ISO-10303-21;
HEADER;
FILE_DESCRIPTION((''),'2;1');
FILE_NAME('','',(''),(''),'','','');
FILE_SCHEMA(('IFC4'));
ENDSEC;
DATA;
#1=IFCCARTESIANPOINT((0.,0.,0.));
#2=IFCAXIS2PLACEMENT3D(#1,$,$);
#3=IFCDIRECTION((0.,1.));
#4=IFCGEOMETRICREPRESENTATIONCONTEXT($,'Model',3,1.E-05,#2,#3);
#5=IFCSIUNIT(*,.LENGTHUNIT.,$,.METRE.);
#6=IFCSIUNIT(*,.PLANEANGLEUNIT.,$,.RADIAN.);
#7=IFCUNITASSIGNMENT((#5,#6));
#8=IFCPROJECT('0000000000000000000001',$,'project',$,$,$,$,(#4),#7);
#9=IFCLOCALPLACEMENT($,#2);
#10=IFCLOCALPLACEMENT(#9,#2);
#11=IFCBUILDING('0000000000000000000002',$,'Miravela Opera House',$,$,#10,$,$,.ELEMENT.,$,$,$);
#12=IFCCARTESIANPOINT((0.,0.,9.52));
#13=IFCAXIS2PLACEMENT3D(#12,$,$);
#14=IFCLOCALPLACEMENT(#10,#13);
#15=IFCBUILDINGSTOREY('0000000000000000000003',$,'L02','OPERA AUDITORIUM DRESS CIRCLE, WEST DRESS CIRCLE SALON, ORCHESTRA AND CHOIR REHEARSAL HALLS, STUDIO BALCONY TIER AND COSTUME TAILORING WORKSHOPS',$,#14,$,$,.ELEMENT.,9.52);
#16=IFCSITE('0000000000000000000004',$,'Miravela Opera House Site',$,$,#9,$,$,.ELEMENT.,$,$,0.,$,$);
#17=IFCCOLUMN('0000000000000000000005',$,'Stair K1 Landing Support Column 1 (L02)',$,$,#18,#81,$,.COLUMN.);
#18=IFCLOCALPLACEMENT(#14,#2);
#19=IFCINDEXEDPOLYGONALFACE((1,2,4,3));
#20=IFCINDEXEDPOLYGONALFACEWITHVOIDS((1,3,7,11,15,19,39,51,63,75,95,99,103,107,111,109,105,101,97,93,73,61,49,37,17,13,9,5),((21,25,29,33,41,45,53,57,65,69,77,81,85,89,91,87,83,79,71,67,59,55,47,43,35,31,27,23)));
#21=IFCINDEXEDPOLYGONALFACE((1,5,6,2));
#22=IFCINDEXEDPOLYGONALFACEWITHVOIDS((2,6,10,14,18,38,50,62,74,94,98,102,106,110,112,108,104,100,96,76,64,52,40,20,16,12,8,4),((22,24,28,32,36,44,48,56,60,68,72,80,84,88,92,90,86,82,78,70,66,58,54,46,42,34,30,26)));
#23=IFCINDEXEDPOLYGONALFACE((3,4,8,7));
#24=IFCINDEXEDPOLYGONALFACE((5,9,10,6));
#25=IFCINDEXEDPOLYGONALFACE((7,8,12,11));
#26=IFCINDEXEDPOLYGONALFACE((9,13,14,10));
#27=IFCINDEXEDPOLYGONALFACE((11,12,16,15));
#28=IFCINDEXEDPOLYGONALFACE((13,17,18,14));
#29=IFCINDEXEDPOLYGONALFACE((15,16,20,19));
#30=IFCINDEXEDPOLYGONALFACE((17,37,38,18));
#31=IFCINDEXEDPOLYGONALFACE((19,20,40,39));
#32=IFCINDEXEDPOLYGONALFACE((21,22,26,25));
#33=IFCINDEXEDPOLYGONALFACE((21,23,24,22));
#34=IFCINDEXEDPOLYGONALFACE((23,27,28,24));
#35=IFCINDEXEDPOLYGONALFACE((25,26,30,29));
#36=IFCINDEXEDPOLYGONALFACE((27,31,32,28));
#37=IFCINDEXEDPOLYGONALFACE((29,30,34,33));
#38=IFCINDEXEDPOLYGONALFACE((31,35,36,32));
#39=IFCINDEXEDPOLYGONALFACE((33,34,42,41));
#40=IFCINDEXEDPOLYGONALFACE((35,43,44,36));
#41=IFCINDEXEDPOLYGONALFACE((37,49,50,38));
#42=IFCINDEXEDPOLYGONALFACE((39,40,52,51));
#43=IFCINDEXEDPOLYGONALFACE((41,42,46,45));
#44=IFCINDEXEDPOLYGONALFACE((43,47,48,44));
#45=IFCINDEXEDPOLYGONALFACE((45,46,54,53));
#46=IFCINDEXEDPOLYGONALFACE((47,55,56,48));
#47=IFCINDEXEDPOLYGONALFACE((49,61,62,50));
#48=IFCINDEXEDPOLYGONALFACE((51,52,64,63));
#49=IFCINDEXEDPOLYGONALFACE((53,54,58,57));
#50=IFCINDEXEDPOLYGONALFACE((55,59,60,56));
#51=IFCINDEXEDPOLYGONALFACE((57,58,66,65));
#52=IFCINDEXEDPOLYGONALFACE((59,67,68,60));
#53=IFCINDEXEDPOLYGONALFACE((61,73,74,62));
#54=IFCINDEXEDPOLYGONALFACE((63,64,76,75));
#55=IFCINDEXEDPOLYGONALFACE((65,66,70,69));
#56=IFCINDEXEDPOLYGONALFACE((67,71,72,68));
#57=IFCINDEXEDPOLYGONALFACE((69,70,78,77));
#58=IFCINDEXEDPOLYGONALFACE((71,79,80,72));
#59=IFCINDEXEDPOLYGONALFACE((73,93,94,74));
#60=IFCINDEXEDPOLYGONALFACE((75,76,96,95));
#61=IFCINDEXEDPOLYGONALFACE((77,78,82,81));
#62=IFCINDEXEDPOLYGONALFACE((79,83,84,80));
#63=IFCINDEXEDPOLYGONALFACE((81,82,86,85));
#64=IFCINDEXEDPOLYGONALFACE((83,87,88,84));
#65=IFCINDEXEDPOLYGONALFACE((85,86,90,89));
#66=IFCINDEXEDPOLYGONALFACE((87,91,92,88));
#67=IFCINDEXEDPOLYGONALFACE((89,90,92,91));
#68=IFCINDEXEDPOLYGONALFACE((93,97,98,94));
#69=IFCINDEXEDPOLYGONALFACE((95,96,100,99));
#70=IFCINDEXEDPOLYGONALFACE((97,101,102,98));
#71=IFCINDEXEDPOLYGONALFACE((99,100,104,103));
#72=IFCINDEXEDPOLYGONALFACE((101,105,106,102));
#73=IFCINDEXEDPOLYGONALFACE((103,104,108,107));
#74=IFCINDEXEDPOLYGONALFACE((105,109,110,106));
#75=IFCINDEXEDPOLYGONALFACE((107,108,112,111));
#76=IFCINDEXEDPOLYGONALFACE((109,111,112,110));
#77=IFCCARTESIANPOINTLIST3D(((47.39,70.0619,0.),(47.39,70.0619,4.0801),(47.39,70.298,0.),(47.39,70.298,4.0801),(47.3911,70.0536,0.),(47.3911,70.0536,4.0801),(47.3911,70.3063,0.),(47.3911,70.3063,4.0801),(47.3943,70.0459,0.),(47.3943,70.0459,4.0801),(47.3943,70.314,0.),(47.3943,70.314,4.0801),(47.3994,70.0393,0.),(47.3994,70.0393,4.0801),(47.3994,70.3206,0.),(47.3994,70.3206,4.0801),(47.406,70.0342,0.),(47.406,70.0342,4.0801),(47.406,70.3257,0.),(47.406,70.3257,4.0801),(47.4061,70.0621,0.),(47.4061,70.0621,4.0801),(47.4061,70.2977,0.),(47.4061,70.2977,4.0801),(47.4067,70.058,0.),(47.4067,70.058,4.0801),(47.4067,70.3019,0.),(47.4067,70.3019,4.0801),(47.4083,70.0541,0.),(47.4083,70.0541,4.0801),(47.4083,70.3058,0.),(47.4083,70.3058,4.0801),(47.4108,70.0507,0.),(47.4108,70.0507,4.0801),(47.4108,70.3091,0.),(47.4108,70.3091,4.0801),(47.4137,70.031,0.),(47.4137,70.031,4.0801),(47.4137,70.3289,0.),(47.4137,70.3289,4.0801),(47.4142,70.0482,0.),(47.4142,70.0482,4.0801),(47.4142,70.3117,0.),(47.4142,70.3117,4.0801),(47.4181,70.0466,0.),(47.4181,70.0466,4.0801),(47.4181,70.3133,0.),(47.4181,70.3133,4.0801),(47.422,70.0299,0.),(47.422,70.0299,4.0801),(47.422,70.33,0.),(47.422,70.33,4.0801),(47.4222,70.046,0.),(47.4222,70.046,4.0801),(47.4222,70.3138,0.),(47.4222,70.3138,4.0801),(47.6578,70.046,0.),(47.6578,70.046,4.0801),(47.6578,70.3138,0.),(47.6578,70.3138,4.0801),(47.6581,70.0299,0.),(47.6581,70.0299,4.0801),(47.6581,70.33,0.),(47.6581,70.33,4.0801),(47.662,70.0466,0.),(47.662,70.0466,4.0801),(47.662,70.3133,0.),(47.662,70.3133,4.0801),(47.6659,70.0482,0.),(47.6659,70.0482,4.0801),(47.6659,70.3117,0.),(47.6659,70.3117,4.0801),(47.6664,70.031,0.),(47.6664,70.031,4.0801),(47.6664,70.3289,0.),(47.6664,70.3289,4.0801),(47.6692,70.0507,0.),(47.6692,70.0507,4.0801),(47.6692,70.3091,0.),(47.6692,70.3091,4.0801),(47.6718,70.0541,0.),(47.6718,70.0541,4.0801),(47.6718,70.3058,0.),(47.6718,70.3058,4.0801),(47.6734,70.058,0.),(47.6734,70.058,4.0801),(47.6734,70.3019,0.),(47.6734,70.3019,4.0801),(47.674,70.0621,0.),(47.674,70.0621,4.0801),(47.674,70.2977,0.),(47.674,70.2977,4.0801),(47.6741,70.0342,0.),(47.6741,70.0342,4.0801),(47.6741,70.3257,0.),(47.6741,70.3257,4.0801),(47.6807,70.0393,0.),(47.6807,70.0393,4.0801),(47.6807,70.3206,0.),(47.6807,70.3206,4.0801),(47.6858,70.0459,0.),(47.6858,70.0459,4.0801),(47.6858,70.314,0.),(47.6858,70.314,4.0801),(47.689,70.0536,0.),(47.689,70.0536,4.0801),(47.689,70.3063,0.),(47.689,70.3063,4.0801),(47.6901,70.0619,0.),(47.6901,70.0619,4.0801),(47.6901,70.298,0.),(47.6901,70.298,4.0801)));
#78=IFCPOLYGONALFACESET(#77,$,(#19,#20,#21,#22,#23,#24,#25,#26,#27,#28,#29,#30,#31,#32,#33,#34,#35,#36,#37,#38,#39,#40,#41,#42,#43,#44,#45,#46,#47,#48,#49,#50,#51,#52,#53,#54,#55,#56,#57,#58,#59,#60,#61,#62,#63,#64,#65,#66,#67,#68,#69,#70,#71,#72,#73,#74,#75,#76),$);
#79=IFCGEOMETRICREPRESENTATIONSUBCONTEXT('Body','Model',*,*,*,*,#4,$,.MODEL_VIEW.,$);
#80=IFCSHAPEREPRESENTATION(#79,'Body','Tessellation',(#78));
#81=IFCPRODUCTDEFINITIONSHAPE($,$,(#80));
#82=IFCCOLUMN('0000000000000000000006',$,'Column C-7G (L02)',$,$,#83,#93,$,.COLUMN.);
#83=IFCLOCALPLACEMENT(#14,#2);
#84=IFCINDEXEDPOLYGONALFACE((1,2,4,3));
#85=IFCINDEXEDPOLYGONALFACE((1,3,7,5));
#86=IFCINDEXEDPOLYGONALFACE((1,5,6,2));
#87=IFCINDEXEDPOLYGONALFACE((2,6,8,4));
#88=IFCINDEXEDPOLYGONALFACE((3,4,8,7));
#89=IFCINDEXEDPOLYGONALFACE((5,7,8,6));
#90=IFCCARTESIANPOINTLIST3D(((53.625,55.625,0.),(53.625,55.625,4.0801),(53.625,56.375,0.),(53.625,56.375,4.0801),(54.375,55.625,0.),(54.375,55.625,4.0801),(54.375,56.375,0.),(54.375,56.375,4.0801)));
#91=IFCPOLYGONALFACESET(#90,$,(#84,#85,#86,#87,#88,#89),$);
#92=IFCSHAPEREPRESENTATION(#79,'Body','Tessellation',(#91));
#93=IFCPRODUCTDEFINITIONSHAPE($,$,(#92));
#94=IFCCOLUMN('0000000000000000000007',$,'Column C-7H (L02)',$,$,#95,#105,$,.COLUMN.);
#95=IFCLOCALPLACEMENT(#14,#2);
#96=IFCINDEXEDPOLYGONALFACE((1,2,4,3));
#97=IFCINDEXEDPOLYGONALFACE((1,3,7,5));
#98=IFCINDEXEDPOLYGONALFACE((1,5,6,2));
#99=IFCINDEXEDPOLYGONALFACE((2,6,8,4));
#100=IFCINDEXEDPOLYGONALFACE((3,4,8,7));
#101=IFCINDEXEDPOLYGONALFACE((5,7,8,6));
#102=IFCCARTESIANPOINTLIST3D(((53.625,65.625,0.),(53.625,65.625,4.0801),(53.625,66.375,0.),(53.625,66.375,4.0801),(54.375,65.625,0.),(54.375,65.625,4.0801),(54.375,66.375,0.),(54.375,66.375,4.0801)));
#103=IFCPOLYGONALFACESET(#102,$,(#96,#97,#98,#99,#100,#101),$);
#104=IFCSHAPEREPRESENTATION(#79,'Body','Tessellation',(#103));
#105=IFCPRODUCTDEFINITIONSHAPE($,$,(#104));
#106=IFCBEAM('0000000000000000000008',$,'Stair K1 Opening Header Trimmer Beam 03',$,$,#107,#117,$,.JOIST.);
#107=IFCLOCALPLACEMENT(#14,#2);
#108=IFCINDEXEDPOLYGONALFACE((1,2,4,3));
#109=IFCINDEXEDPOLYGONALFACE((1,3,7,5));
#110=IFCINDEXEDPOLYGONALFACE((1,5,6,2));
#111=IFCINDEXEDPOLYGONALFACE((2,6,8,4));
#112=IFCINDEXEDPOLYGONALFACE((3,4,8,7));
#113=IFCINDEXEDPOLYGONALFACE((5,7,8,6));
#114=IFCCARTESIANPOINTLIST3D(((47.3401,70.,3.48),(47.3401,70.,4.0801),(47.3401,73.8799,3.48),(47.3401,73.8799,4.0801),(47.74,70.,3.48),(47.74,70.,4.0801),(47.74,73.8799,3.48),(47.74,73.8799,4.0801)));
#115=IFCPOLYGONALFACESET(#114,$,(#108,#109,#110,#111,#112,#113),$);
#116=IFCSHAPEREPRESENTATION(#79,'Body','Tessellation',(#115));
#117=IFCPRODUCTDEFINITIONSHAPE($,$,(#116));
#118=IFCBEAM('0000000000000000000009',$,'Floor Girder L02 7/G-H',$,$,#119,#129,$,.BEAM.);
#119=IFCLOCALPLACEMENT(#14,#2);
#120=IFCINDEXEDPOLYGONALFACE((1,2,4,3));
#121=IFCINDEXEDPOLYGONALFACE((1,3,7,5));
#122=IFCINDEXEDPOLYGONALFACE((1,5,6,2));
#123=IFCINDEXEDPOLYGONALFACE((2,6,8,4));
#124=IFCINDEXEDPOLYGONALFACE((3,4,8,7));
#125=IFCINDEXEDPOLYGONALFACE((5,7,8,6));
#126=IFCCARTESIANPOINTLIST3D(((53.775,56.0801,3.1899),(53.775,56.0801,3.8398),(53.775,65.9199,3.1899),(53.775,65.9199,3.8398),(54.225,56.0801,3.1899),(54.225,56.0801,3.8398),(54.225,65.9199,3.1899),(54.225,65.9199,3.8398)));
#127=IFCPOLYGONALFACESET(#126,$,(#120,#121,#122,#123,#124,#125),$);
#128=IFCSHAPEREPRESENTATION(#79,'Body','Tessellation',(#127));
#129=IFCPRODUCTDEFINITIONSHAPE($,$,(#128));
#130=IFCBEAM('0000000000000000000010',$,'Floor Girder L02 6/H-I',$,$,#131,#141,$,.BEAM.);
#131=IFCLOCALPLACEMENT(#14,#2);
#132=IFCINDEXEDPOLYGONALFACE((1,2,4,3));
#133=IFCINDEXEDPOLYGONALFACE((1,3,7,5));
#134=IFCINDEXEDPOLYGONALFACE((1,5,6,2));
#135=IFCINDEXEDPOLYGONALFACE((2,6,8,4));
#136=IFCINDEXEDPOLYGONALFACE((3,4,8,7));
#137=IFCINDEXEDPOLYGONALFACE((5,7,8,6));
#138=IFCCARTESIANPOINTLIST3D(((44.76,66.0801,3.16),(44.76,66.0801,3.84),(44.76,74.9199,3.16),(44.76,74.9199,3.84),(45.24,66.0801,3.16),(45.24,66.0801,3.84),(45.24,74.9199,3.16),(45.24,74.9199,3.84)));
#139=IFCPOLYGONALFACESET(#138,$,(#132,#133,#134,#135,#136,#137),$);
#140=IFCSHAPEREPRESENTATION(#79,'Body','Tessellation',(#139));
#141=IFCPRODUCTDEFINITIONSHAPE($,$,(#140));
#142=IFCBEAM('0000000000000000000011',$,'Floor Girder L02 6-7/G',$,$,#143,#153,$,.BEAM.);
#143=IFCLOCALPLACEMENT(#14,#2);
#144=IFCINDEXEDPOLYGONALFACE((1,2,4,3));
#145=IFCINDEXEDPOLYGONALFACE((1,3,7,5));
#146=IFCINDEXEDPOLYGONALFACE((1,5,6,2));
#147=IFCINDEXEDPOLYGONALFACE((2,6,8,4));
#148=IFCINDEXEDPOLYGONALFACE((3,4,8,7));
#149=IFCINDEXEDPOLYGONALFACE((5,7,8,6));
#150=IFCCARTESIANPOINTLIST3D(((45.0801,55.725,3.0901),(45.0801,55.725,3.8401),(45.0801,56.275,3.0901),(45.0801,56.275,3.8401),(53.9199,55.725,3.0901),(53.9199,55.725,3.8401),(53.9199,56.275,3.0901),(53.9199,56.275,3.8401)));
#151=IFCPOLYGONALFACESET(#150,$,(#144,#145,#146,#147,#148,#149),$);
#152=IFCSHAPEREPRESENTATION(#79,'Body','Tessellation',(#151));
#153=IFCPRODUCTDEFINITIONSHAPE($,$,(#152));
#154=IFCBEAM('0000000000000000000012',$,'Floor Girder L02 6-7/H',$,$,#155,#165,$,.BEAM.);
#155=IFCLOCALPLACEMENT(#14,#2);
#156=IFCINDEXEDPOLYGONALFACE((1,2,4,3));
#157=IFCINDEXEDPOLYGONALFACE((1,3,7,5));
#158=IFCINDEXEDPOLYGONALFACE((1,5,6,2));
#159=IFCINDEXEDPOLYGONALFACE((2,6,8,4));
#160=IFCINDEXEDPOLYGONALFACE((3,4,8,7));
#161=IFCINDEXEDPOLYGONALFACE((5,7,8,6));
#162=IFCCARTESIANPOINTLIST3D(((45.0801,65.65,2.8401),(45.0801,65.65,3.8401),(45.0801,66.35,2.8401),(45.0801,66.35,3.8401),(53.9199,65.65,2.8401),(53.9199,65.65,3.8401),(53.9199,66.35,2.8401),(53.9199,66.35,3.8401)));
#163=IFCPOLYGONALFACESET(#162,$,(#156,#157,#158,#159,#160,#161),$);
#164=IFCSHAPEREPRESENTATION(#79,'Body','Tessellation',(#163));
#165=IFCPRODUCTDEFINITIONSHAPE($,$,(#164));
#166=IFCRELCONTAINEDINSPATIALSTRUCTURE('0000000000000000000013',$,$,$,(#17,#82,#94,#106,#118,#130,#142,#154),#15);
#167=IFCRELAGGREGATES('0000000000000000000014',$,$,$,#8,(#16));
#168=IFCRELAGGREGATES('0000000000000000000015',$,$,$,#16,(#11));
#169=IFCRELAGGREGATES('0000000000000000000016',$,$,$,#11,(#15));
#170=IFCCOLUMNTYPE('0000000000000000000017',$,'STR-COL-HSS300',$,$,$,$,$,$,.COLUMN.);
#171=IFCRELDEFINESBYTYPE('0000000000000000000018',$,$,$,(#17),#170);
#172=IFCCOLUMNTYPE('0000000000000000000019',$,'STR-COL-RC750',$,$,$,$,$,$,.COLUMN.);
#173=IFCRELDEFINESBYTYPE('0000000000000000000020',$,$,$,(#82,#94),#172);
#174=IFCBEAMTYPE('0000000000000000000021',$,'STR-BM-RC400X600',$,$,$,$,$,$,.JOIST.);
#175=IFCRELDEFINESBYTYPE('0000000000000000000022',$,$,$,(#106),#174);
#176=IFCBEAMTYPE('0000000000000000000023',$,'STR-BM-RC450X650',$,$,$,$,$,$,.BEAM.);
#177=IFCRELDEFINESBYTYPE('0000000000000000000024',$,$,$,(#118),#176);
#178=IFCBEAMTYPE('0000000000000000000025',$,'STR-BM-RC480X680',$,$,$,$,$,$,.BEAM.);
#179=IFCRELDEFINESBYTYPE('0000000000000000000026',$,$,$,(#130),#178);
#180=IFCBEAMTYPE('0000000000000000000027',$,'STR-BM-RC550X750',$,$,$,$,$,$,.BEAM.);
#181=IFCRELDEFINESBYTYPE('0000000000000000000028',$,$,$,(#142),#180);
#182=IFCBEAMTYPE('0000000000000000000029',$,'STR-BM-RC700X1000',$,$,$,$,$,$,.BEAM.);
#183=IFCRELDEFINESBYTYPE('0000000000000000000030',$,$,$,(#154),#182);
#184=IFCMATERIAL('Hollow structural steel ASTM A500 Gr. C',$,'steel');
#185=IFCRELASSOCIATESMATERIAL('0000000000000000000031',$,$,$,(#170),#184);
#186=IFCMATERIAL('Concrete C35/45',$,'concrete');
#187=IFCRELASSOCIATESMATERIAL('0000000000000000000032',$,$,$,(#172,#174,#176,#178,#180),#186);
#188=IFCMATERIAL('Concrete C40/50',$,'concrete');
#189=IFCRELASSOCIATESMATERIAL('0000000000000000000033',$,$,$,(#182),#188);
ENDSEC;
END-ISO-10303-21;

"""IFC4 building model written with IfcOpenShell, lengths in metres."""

from ifc_helpers import new_model, si_unit, direction, frame, origin, origin_2d, place, context, subcontext, project, spatial, rectangle, hollow_rectangle, extrude, material, material_profile, profile_set, type_object, element, save


model = new_model("IFC4")

# Units and contexts
model_context = context("Model", 3, precision=1e-05, world=origin(), true_north=direction((0.0, 1.0)))
body_context = subcontext(model_context, "Body", "Model", "MODEL_VIEW")
ifc_project = project(units=[si_unit("LENGTHUNIT", "METRE"), si_unit("PLANEANGLEUNIT", "RADIAN")], contexts=[model_context])

# Site, building, storey
site_placement = place(None, origin())
site = spatial("IfcSite", under=ifc_project, at=site_placement, Name="Miravela Opera House Site", CompositionType="ELEMENT", RefElevation=0.0)
building_placement = place(site_placement, origin())
building = spatial("IfcBuilding", under=site, at=building_placement, Name="Miravela Opera House", CompositionType="ELEMENT")
storey_placement = place(building_placement, frame((0.0, 0.0, 9.52)))
storey = spatial("IfcBuildingStorey", under=building, at=storey_placement, Name="L02", Description="OPERA AUDITORIUM DRESS CIRCLE, WEST DRESS CIRCLE SALON, ORCHESTRA AND CHOIR REHEARSAL HALLS, STUDIO BALCONY TIER AND COSTUME TAILORING WORKSHOPS", CompositionType="ELEMENT", Elevation=9.52)

# Columns
ifc_material_1 = material(Name="Hollow structural steel ASTM A500 Gr. C", Category="steel")
ifc_material_profile_1 = material_profile(ifc_material_1, hollow_rectangle(XDim=0.3, YDim=0.3, WallThickness=0.0161, InnerFilletRadius=0.0161, OuterFilletRadius=0.032, at=origin_2d()), Name="HSS300X300X16")
ifc_profile_set_1 = profile_set([ifc_material_profile_1])
column_type_1 = type_object("IfcColumnType", Name="STR-COL-HSS300", PredefinedType="COLUMN", material=ifc_profile_set_1)
column_placement = place(storey_placement, frame((47.54, 70.1799, 0.0), z_axis=(0.0, 0.0, 1.0), x_axis=(1.0, 0.0, 0.0)))
element("IfcColumn", 1, at=column_placement, inside=storey, type_object=column_type_1, Name="Stair K1 Landing Support Column 1 (L02)", PredefinedType="COLUMN", context=body_context, shape_type="SweptSolid", body=[
    extrude(hollow_rectangle(XDim=0.3, YDim=0.3, WallThickness=0.0161, InnerFilletRadius=0.0161, OuterFilletRadius=0.032, at=origin_2d()), origin(), (0.0, 0.0, 1.0), 4.0801),
])
ifc_material_2 = material(Name="Concrete C35/45", Category="concrete")
ifc_material_profile_2 = material_profile(ifc_material_2, rectangle(XDim=0.75, YDim=0.75, at=origin_2d()), Name="RC-COL-750X750")
ifc_profile_set_2 = profile_set([ifc_material_profile_2])
column_type_2 = type_object("IfcColumnType", Name="STR-COL-RC750", PredefinedType="COLUMN", material=ifc_profile_set_2)
for number, where, z_axis, x_axis, name in (
    (2, (54.0, 56.0, 0.0), (0.0, 0.0, 1.0), (1.0, 0.0, 0.0), "Column C-7G (L02)"),
    (3, (54.0, 66.0, 0.0), (0.0, 0.0, 1.0), (1.0, 0.0, 0.0), "Column C-7H (L02)"),
):
    element("IfcColumn", number, at=place(storey_placement, frame(where, z_axis=z_axis, x_axis=x_axis)), inside=storey, type_object=column_type_2, Name=name, PredefinedType="COLUMN", context=body_context, shape_type="SweptSolid", body=[
        extrude(rectangle(XDim=0.75, YDim=0.75, at=origin_2d()), origin(), (0.0, 0.0, 1.0), 4.0801),
    ])

# Beams
ifc_material_profile_3 = material_profile(ifc_material_2, rectangle(XDim=0.3999, YDim=0.6001, at=origin_2d()), Name="RC-BM-400X600")
ifc_profile_set_3 = profile_set([ifc_material_profile_3])
beam_type_1 = type_object("IfcBeamType", Name="STR-BM-RC400X600", PredefinedType="JOIST", material=ifc_profile_set_3)
beam_1_placement = place(storey_placement, frame((47.54, 70.0, 3.78), z_axis=(0.0, 1.0, 0.0), x_axis=(-1.0, 0.0, 0.0)))
element("IfcBeam", 4, at=beam_1_placement, inside=storey, type_object=beam_type_1, Name="Stair K1 Opening Header Trimmer Beam 03", PredefinedType="JOIST", context=body_context, shape_type="SweptSolid", body=[
    extrude(rectangle(XDim=0.3999, YDim=0.6001, at=origin_2d()), origin(), (0.0, 0.0, 1.0), 3.8799),
])
ifc_material_profile_4 = material_profile(ifc_material_2, rectangle(XDim=0.45, YDim=0.6499, at=origin_2d()), Name="RC-BM-450X650")
ifc_profile_set_4 = profile_set([ifc_material_profile_4])
beam_type_2 = type_object("IfcBeamType", Name="STR-BM-RC450X650", PredefinedType="BEAM", material=ifc_profile_set_4)
beam_2_placement = place(storey_placement, frame((54.0, 56.0801, 3.5149), z_axis=(0.0, 1.0, 0.0), x_axis=(-1.0, 0.0, 0.0)))
element("IfcBeam", 5, at=beam_2_placement, inside=storey, type_object=beam_type_2, Name="Floor Girder L02 7/G-H", PredefinedType="BEAM", context=body_context, shape_type="SweptSolid", body=[
    extrude(rectangle(XDim=0.45, YDim=0.6499, at=origin_2d()), origin(), (0.0, 0.0, 1.0), 9.8398),
])
ifc_material_profile_5 = material_profile(ifc_material_2, rectangle(XDim=0.48, YDim=0.6799, at=origin_2d()), Name="RC-BM-480X680")
ifc_profile_set_5 = profile_set([ifc_material_profile_5])
beam_type_3 = type_object("IfcBeamType", Name="STR-BM-RC480X680", PredefinedType="BEAM", material=ifc_profile_set_5)
beam_3_placement = place(storey_placement, frame((45.0, 66.0801, 3.5), z_axis=(0.0, 1.0, 0.0), x_axis=(-1.0, 0.0, 0.0)))
element("IfcBeam", 6, at=beam_3_placement, inside=storey, type_object=beam_type_3, Name="Floor Girder L02 6/H-I", PredefinedType="BEAM", context=body_context, shape_type="SweptSolid", body=[
    extrude(rectangle(XDim=0.48, YDim=0.6799, at=origin_2d()), origin(), (0.0, 0.0, 1.0), 8.8398),
])
ifc_material_profile_6 = material_profile(ifc_material_2, rectangle(XDim=0.55, YDim=0.75, at=origin_2d()), Name="RC-BM-550X750")
ifc_profile_set_6 = profile_set([ifc_material_profile_6])
beam_type_4 = type_object("IfcBeamType", Name="STR-BM-RC550X750", PredefinedType="BEAM", material=ifc_profile_set_6)
beam_4_placement = place(storey_placement, frame((45.0801, 56.0, 3.4651), z_axis=(1.0, 0.0, 0.0), x_axis=(0.0, 1.0, 0.0)))
element("IfcBeam", 7, at=beam_4_placement, inside=storey, type_object=beam_type_4, Name="Floor Girder L02 6-7/G", PredefinedType="BEAM", context=body_context, shape_type="SweptSolid", body=[
    extrude(rectangle(XDim=0.55, YDim=0.75, at=origin_2d()), origin(), (0.0, 0.0, 1.0), 8.8398),
])
ifc_material_3 = material(Name="Concrete C40/50", Category="concrete")
ifc_material_profile_7 = material_profile(ifc_material_3, rectangle(XDim=0.7, YDim=1.0, at=origin_2d()), Name="RC-BM-700X1000")
ifc_profile_set_7 = profile_set([ifc_material_profile_7])
beam_type_5 = type_object("IfcBeamType", Name="STR-BM-RC700X1000", PredefinedType="BEAM", material=ifc_profile_set_7)
beam_5_placement = place(storey_placement, frame((45.0801, 66.0, 3.3401), z_axis=(1.0, 0.0, 0.0), x_axis=(0.0, 1.0, 0.0)))
element("IfcBeam", 8, at=beam_5_placement, inside=storey, type_object=beam_type_5, Name="Floor Girder L02 6-7/H", PredefinedType="BEAM", context=body_context, shape_type="SweptSolid", body=[
    extrude(rectangle(XDim=0.7, YDim=1.0, at=origin_2d()), origin(), (0.0, 0.0, 1.0), 8.8398),
])

save(model, "model.ifc")
